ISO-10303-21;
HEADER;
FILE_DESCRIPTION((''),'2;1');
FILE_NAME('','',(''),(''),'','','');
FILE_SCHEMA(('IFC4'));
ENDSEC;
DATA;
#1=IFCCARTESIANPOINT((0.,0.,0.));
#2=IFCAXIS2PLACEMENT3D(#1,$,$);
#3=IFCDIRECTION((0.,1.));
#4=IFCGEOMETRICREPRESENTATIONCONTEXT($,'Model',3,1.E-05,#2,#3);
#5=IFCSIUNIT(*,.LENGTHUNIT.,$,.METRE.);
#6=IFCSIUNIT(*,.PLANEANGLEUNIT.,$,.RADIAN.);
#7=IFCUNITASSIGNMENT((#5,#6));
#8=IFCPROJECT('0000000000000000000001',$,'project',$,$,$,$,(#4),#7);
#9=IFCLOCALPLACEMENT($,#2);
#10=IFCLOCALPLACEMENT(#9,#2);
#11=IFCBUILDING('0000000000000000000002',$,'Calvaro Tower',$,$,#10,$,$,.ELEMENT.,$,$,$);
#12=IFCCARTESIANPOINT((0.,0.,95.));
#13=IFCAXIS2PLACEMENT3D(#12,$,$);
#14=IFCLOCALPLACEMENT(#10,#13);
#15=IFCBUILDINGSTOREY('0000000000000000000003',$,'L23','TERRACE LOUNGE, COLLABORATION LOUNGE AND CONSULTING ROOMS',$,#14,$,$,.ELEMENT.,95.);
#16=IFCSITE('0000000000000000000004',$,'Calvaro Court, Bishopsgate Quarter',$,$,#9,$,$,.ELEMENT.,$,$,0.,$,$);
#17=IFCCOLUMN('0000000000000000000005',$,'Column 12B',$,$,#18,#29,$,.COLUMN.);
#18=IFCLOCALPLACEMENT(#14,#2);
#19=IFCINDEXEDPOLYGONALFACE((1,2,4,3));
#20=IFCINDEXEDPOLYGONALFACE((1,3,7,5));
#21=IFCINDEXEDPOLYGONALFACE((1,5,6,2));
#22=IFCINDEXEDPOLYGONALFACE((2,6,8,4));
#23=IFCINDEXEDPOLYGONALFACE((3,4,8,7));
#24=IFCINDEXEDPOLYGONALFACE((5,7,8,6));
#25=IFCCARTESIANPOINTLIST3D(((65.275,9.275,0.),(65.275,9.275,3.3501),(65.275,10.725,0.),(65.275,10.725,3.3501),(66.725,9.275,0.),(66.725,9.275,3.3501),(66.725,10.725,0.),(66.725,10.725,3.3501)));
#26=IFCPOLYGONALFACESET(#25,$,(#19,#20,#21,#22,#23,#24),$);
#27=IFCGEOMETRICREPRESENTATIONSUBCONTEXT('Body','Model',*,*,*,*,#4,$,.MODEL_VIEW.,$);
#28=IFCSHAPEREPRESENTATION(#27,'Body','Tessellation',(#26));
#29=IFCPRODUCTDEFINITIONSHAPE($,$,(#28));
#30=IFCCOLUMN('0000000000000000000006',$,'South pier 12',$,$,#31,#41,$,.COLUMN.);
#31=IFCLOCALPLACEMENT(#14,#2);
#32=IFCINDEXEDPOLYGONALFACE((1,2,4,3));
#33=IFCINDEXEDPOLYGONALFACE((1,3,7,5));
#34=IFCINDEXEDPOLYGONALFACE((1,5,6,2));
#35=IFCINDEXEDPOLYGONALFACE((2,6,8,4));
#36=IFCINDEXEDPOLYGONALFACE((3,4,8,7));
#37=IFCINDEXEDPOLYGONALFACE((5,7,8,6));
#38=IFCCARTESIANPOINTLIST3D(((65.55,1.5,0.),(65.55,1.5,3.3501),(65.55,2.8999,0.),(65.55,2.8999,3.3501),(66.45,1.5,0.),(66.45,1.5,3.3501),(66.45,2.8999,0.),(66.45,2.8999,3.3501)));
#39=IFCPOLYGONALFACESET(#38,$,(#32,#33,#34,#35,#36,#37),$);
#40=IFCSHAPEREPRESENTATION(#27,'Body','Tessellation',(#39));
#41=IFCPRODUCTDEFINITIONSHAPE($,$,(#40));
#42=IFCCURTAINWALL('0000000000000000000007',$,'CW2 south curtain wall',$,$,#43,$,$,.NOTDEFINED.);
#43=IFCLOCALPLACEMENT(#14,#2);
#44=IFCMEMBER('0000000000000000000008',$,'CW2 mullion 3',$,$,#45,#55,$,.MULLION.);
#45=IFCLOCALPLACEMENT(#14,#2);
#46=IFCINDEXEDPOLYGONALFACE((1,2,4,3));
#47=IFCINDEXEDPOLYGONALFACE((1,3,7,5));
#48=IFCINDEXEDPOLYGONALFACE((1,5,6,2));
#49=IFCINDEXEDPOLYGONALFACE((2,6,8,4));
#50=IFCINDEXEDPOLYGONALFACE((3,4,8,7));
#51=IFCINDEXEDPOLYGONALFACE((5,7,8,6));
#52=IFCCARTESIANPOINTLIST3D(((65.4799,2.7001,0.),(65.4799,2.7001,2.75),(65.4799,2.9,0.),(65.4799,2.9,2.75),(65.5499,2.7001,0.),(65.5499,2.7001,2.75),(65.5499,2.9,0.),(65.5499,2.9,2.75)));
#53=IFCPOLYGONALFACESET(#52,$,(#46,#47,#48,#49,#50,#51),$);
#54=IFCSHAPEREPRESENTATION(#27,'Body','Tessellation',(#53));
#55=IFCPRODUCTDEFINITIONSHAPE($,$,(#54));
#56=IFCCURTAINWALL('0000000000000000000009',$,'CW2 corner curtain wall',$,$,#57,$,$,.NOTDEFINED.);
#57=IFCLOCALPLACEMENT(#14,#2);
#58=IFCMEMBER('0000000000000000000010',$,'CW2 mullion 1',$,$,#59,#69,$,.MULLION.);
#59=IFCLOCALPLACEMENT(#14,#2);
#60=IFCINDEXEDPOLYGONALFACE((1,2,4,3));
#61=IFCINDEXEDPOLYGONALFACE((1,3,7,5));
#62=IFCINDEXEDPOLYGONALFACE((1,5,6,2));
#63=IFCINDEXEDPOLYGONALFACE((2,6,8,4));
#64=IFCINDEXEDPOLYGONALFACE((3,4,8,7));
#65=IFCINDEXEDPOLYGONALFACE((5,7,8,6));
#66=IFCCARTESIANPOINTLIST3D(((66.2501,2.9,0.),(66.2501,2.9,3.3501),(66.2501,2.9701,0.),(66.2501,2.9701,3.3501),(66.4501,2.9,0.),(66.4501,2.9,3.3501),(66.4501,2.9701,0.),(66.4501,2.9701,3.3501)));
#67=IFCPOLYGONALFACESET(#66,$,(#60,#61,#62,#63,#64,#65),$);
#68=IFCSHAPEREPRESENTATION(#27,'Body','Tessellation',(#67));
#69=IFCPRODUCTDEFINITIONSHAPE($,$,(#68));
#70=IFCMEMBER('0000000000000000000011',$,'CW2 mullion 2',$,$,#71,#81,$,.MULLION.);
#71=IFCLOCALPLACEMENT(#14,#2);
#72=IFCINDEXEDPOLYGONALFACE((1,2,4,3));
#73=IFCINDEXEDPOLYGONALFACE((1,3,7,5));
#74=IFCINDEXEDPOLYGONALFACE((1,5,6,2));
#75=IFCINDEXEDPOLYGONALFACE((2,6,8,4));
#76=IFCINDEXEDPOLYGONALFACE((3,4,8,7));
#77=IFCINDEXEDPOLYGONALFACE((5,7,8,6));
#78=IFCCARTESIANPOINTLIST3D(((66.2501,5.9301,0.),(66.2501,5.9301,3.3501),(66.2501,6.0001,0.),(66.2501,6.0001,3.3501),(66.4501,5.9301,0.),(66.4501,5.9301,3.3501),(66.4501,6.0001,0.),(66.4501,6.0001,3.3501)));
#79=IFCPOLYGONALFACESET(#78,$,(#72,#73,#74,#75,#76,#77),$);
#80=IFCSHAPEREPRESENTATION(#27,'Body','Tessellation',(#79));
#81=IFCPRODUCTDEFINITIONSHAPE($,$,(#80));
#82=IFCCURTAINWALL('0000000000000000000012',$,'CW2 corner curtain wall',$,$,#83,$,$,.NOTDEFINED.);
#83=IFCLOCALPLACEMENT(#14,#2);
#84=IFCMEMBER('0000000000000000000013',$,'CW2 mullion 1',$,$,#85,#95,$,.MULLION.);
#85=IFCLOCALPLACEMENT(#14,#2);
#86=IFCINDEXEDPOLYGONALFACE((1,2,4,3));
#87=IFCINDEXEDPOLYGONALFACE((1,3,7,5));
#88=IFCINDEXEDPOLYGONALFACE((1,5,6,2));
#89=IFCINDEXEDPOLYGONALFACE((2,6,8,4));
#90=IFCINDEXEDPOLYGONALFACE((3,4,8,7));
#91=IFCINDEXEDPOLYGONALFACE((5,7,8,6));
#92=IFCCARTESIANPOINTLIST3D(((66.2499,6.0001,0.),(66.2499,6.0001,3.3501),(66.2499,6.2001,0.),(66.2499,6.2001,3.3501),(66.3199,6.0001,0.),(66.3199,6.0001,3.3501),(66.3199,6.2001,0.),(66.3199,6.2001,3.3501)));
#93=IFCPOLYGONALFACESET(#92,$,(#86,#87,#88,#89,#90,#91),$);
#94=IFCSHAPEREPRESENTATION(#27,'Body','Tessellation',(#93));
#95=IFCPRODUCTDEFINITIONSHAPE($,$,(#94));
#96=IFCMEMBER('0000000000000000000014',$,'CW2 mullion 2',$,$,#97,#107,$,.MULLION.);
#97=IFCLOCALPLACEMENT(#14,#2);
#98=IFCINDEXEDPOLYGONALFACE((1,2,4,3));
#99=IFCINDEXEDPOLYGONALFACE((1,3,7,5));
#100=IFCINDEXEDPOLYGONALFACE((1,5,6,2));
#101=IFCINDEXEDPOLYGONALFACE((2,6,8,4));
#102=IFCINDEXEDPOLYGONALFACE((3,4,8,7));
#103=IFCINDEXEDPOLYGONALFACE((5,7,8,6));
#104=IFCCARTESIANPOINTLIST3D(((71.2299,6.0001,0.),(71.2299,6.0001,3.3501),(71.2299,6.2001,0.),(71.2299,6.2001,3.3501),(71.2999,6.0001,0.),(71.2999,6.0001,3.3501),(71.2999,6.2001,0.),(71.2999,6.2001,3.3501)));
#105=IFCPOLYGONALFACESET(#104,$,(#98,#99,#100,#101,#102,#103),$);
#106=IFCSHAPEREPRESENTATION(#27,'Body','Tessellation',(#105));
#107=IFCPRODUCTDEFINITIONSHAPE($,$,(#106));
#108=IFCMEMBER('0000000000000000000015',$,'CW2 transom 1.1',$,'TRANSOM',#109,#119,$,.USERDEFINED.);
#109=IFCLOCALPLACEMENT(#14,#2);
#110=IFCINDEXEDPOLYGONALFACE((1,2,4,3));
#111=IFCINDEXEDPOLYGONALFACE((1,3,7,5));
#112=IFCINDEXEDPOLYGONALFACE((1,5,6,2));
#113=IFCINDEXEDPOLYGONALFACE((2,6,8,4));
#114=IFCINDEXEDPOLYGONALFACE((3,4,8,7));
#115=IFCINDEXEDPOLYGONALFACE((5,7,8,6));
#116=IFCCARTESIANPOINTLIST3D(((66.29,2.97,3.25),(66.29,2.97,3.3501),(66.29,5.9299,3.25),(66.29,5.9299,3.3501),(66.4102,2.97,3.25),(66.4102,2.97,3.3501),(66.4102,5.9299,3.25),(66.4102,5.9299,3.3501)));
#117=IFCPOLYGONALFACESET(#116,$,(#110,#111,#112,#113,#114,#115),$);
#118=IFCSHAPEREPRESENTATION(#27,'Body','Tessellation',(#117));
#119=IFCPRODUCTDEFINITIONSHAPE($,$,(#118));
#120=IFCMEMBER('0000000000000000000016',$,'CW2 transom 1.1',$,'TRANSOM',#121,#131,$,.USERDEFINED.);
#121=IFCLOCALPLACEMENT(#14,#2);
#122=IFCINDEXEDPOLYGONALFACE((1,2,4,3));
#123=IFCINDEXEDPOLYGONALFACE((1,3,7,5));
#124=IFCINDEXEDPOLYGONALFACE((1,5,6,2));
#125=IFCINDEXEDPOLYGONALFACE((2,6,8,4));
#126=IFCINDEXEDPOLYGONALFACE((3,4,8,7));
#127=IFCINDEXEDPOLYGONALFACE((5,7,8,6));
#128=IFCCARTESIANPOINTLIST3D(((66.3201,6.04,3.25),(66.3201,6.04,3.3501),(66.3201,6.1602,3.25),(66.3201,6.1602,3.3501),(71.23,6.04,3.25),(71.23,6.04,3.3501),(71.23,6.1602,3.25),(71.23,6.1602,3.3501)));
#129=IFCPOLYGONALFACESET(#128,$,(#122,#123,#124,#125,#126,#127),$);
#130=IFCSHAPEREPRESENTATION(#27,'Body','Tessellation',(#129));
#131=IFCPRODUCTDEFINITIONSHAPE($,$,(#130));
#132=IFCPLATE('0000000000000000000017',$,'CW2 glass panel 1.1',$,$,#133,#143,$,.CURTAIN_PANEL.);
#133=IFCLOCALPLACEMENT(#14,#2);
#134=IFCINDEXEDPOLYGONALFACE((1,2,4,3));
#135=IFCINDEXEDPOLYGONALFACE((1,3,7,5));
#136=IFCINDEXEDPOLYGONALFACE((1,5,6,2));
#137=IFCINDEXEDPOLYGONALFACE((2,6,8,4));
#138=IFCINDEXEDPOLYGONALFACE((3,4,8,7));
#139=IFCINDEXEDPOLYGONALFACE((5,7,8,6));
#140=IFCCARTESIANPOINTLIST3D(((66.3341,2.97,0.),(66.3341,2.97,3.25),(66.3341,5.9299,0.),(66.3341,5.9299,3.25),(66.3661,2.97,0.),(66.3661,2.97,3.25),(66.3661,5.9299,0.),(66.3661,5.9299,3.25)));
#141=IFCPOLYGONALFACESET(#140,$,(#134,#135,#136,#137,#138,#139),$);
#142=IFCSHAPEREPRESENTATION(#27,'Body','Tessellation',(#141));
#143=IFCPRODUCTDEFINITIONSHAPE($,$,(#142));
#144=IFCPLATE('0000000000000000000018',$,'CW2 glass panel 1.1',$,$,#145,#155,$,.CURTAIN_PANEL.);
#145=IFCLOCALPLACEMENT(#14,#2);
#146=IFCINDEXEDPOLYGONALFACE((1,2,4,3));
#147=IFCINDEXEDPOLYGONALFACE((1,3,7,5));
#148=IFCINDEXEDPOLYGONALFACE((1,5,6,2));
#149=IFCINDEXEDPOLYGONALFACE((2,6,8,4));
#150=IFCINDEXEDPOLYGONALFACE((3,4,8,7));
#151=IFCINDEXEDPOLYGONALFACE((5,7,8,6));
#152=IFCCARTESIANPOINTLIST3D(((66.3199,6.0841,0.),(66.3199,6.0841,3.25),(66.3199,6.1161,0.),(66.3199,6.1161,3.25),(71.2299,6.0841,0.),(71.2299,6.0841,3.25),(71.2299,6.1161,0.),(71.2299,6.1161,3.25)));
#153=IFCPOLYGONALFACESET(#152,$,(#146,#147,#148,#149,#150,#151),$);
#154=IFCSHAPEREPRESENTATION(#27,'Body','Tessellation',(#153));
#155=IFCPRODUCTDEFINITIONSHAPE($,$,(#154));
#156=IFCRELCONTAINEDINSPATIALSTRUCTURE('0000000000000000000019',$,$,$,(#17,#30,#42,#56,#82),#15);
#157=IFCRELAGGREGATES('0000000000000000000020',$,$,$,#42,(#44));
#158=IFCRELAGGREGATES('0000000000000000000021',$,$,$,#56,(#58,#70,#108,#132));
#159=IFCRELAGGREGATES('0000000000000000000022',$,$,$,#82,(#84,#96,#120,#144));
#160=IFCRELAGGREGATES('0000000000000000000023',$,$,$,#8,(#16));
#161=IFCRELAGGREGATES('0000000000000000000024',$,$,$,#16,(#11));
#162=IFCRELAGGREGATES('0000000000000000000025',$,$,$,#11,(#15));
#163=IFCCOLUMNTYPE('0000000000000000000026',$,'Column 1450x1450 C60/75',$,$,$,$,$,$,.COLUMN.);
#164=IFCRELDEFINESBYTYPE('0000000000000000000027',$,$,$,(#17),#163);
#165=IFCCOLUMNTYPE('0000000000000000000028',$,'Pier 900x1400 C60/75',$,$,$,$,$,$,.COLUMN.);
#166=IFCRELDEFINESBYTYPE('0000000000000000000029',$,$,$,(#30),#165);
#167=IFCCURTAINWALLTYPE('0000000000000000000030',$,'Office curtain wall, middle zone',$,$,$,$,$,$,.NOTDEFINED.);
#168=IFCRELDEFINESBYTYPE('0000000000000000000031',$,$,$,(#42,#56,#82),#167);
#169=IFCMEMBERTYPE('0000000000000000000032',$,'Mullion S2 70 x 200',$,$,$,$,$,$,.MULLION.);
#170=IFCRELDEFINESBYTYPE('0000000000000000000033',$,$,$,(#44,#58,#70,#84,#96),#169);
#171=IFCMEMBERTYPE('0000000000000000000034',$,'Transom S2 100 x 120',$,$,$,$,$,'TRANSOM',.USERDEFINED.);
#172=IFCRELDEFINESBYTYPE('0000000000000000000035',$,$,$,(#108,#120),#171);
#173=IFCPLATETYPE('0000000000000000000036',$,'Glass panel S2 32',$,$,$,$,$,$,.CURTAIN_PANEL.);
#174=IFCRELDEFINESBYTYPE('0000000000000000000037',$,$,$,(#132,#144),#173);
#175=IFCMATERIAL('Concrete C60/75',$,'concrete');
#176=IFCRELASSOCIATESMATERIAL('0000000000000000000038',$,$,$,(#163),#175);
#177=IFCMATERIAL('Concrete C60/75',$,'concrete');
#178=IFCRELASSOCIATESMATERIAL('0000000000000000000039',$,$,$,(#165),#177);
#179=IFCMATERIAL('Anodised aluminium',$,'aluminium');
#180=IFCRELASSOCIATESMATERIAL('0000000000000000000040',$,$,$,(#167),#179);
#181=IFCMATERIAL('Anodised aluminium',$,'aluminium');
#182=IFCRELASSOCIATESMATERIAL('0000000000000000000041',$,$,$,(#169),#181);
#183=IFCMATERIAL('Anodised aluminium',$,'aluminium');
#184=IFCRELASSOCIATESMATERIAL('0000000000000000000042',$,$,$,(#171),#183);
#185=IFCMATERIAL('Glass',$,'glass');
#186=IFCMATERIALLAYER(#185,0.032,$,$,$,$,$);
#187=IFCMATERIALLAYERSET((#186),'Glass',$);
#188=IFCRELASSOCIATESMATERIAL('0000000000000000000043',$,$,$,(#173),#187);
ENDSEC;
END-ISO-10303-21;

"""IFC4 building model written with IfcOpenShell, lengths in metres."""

from ifc_helpers import new_model, si_unit, direction, frame, origin, origin_2d, place, context, subcontext, project, spatial, rectangle, extrude, material, layer, layer_set, material_profile, profile_set, type_object, element, aggregate, save


model = new_model("IFC4")

# Units and contexts
model_context = context("Model", 3, precision=1e-05, world=origin(), true_north=direction((0.0, 1.0)))
body_context = subcontext(model_context, "Body", "Model", "MODEL_VIEW")
ifc_project = project(units=[si_unit("LENGTHUNIT", "METRE"), si_unit("PLANEANGLEUNIT", "RADIAN")], contexts=[model_context])

# Site, building, storey
site_placement = place(None, origin())
site = spatial("IfcSite", under=ifc_project, at=site_placement, Name="Calvaro Court, Bishopsgate Quarter", CompositionType="ELEMENT", RefElevation=0.0)
building_placement = place(site_placement, origin())
building = spatial("IfcBuilding", under=site, at=building_placement, Name="Calvaro Tower", CompositionType="ELEMENT")
storey_placement = place(building_placement, frame((0.0, 0.0, 95.0)))
storey = spatial("IfcBuildingStorey", under=building, at=storey_placement, Name="L23", Description="TERRACE LOUNGE, COLLABORATION LOUNGE AND CONSULTING ROOMS", CompositionType="ELEMENT", Elevation=95.0)

# Columns
ifc_material_1 = material(Name="Concrete C60/75", Category="concrete")
ifc_material_profile_1 = material_profile(ifc_material_1, rectangle(XDim=1.45, YDim=1.45, at=origin_2d()), Name="RC 1450x1450")
ifc_profile_set_1 = profile_set([ifc_material_profile_1], Name="Concrete C60/75")
column_type_1 = type_object("IfcColumnType", Name="Column 1450x1450 C60/75", PredefinedType="COLUMN", material=ifc_profile_set_1)
column_1_placement = place(storey_placement, frame((66.0, 10.0, 0.0), z_axis=(0.0, 0.0, 1.0), x_axis=(1.0, 0.0, 0.0)))
element("IfcColumn", 1, at=column_1_placement, inside=storey, type_object=column_type_1, Name="Column 12B", PredefinedType="COLUMN", context=body_context, shape_type="SweptSolid", body=[
    extrude(rectangle(XDim=1.45, YDim=1.45, at=origin_2d()), origin(), (0.0, 0.0, 1.0), 3.3501),
])
ifc_material_2 = material(Name="Concrete C60/75", Category="concrete")
ifc_material_profile_2 = material_profile(ifc_material_2, rectangle(XDim=0.8999, YDim=1.3999, at=origin_2d()), Name="RC 900x1400")
ifc_profile_set_2 = profile_set([ifc_material_profile_2], Name="Concrete C60/75")
column_type_2 = type_object("IfcColumnType", Name="Pier 900x1400 C60/75", PredefinedType="COLUMN", material=ifc_profile_set_2)
column_2_placement = place(storey_placement, frame((66.0, 2.2, 0.0), z_axis=(0.0, 0.0, 1.0), x_axis=(1.0, 0.0, 0.0)))
element("IfcColumn", 2, at=column_2_placement, inside=storey, type_object=column_type_2, Name="South pier 12", PredefinedType="COLUMN", context=body_context, shape_type="SweptSolid", body=[
    extrude(rectangle(XDim=0.8999, YDim=1.3999, at=origin_2d()), origin(), (0.0, 0.0, 1.0), 3.3501),
])

# Curtain wall, member
ifc_material_3 = material(Name="Anodised aluminium", Category="aluminium")
curtain_wall_type = type_object("IfcCurtainWallType", Name="Office curtain wall, middle zone", PredefinedType="NOTDEFINED", material=ifc_material_3)
curtain_wall_1_placement = place(storey_placement, origin())
curtain_wall_1 = element("IfcCurtainWall", 3, at=curtain_wall_1_placement, inside=storey, type_object=curtain_wall_type, Name="CW2 south curtain wall", PredefinedType="NOTDEFINED")
ifc_material_4 = material(Name="Anodised aluminium", Category="aluminium")
ifc_material_profile_3 = material_profile(ifc_material_4, rectangle(XDim=0.2, YDim=0.0701, at=origin_2d()), Name="Mullion S2 70 x 200")
ifc_profile_set_3 = profile_set([ifc_material_profile_3], Name="Anodised aluminium")
member_type_1 = type_object("IfcMemberType", Name="Mullion S2 70 x 200", PredefinedType="MULLION", material=ifc_profile_set_3)
member_1_placement = place(storey_placement, frame((65.5149, 2.8, 0.0), z_axis=(0.0, 0.0, 1.0), x_axis=(0.0, 1.0, 0.0)))
member_1 = element("IfcMember", 4, at=member_1_placement, type_object=member_type_1, Name="CW2 mullion 3", PredefinedType="MULLION", context=body_context, shape_type="SweptSolid", body=[
    extrude(rectangle(XDim=0.2, YDim=0.0701, at=origin_2d()), origin(), (0.0, 0.0, 1.0), 2.75),
])
aggregate(curtain_wall_1, [member_1])

# Curtain walls, members
curtain_wall_2_placement = place(storey_placement, origin())
curtain_wall_2 = element("IfcCurtainWall", 5, at=curtain_wall_2_placement, inside=storey, type_object=curtain_wall_type, Name="CW2 corner curtain wall", PredefinedType="NOTDEFINED")
member_2_placement = place(storey_placement, frame((66.3501, 2.9351, 0.0), z_axis=(0.0, 0.0, 1.0), x_axis=(-1.0, 0.0, 0.0)))
member_2 = element("IfcMember", 6, at=member_2_placement, type_object=member_type_1, Name="CW2 mullion 1", PredefinedType="MULLION", context=body_context, shape_type="SweptSolid", body=[
    extrude(rectangle(XDim=0.2, YDim=0.0701, at=origin_2d()), origin(), (0.0, 0.0, 1.0), 3.3501),
])
member_3_placement = place(storey_placement, frame((66.3501, 5.9651, 0.0), z_axis=(0.0, 0.0, 1.0), x_axis=(-1.0, 0.0, 0.0)))
member_3 = element("IfcMember", 7, at=member_3_placement, type_object=member_type_1, Name="CW2 mullion 2", PredefinedType="MULLION", context=body_context, shape_type="SweptSolid", body=[
    extrude(rectangle(XDim=0.2, YDim=0.0701, at=origin_2d()), origin(), (0.0, 0.0, 1.0), 3.3501),
])
curtain_wall_3_placement = place(storey_placement, origin())
curtain_wall_3 = element("IfcCurtainWall", 8, at=curtain_wall_3_placement, inside=storey, type_object=curtain_wall_type, Name="CW2 corner curtain wall", PredefinedType="NOTDEFINED")
member_4_placement = place(storey_placement, frame((66.2849, 6.1001, 0.0), z_axis=(0.0, 0.0, 1.0), x_axis=(0.0, 1.0, 0.0)))
member_4 = element("IfcMember", 9, at=member_4_placement, type_object=member_type_1, Name="CW2 mullion 1", PredefinedType="MULLION", context=body_context, shape_type="SweptSolid", body=[
    extrude(rectangle(XDim=0.2, YDim=0.0701, at=origin_2d()), origin(), (0.0, 0.0, 1.0), 3.3501),
])
member_5_placement = place(storey_placement, frame((71.2649, 6.1001, 0.0), z_axis=(0.0, 0.0, 1.0), x_axis=(0.0, 1.0, 0.0)))
member_5 = element("IfcMember", 10, at=member_5_placement, type_object=member_type_1, Name="CW2 mullion 2", PredefinedType="MULLION", context=body_context, shape_type="SweptSolid", body=[
    extrude(rectangle(XDim=0.2, YDim=0.0701, at=origin_2d()), origin(), (0.0, 0.0, 1.0), 3.3501),
])

# Members
ifc_material_5 = material(Name="Anodised aluminium", Category="aluminium")
ifc_material_profile_4 = material_profile(ifc_material_5, rectangle(XDim=0.1201, YDim=0.1001, at=origin_2d()), Name="Transom S2 100 x 120")
ifc_profile_set_4 = profile_set([ifc_material_profile_4], Name="Anodised aluminium")
member_type_2 = type_object("IfcMemberType", Name="Transom S2 100 x 120", ElementType="TRANSOM", PredefinedType="USERDEFINED", material=ifc_profile_set_4)
member_6_placement = place(storey_placement, frame((66.3501, 2.97, 3.3), z_axis=(0.0, 1.0, 0.0), x_axis=(-1.0, 0.0, 0.0)))
member_6 = element("IfcMember", 11, at=member_6_placement, type_object=member_type_2, Name="CW2 transom 1.1", ObjectType="TRANSOM", PredefinedType="USERDEFINED", context=body_context, shape_type="SweptSolid", body=[
    extrude(rectangle(XDim=0.1201, YDim=0.1001, at=origin_2d()), origin(), (0.0, 0.0, 1.0), 2.96),
])
member_7_placement = place(storey_placement, frame((66.3201, 6.1001, 3.3), z_axis=(1.0, 0.0, 0.0), x_axis=(0.0, 1.0, 0.0)))
member_7 = element("IfcMember", 12, at=member_7_placement, type_object=member_type_2, Name="CW2 transom 1.1", ObjectType="TRANSOM", PredefinedType="USERDEFINED", context=body_context, shape_type="SweptSolid", body=[
    extrude(rectangle(XDim=0.1201, YDim=0.1001, at=origin_2d()), origin(), (0.0, 0.0, 1.0), 4.9099),
])

# Plates
ifc_material_6 = material(Name="Glass", Category="glass")
ifc_layer_1 = layer(ifc_material_6, 0.032)
ifc_layer_set_1 = layer_set([ifc_layer_1], Name="Glass")
plate_type = type_object("IfcPlateType", Name="Glass panel S2 32", PredefinedType="CURTAIN_PANEL", material=ifc_layer_set_1)
plate_1_placement = place(storey_placement, frame((66.3501, 4.45, 0.0), z_axis=(0.0, 0.0, 1.0), x_axis=(0.0, 1.0, 0.0)))
plate_1 = element("IfcPlate", 13, at=plate_1_placement, type_object=plate_type, Name="CW2 glass panel 1.1", PredefinedType="CURTAIN_PANEL", context=body_context, shape_type="SweptSolid", body=[
    extrude(rectangle(XDim=2.96, YDim=0.032, at=origin_2d()), origin(), (0.0, 0.0, 1.0), 3.25),
])
aggregate(curtain_wall_2, [member_2, member_3, member_6, plate_1])
plate_2_placement = place(storey_placement, frame((68.7749, 6.1001, 0.0), z_axis=(0.0, 0.0, 1.0), x_axis=(1.0, 0.0, 0.0)))
plate_2 = element("IfcPlate", 14, at=plate_2_placement, type_object=plate_type, Name="CW2 glass panel 1.1", PredefinedType="CURTAIN_PANEL", context=body_context, shape_type="SweptSolid", body=[
    extrude(rectangle(XDim=4.9099, YDim=0.032, at=origin_2d()), origin(), (0.0, 0.0, 1.0), 3.25),
])
aggregate(curtain_wall_3, [member_4, member_5, member_7, plate_2])

save(model, "model.ifc")
